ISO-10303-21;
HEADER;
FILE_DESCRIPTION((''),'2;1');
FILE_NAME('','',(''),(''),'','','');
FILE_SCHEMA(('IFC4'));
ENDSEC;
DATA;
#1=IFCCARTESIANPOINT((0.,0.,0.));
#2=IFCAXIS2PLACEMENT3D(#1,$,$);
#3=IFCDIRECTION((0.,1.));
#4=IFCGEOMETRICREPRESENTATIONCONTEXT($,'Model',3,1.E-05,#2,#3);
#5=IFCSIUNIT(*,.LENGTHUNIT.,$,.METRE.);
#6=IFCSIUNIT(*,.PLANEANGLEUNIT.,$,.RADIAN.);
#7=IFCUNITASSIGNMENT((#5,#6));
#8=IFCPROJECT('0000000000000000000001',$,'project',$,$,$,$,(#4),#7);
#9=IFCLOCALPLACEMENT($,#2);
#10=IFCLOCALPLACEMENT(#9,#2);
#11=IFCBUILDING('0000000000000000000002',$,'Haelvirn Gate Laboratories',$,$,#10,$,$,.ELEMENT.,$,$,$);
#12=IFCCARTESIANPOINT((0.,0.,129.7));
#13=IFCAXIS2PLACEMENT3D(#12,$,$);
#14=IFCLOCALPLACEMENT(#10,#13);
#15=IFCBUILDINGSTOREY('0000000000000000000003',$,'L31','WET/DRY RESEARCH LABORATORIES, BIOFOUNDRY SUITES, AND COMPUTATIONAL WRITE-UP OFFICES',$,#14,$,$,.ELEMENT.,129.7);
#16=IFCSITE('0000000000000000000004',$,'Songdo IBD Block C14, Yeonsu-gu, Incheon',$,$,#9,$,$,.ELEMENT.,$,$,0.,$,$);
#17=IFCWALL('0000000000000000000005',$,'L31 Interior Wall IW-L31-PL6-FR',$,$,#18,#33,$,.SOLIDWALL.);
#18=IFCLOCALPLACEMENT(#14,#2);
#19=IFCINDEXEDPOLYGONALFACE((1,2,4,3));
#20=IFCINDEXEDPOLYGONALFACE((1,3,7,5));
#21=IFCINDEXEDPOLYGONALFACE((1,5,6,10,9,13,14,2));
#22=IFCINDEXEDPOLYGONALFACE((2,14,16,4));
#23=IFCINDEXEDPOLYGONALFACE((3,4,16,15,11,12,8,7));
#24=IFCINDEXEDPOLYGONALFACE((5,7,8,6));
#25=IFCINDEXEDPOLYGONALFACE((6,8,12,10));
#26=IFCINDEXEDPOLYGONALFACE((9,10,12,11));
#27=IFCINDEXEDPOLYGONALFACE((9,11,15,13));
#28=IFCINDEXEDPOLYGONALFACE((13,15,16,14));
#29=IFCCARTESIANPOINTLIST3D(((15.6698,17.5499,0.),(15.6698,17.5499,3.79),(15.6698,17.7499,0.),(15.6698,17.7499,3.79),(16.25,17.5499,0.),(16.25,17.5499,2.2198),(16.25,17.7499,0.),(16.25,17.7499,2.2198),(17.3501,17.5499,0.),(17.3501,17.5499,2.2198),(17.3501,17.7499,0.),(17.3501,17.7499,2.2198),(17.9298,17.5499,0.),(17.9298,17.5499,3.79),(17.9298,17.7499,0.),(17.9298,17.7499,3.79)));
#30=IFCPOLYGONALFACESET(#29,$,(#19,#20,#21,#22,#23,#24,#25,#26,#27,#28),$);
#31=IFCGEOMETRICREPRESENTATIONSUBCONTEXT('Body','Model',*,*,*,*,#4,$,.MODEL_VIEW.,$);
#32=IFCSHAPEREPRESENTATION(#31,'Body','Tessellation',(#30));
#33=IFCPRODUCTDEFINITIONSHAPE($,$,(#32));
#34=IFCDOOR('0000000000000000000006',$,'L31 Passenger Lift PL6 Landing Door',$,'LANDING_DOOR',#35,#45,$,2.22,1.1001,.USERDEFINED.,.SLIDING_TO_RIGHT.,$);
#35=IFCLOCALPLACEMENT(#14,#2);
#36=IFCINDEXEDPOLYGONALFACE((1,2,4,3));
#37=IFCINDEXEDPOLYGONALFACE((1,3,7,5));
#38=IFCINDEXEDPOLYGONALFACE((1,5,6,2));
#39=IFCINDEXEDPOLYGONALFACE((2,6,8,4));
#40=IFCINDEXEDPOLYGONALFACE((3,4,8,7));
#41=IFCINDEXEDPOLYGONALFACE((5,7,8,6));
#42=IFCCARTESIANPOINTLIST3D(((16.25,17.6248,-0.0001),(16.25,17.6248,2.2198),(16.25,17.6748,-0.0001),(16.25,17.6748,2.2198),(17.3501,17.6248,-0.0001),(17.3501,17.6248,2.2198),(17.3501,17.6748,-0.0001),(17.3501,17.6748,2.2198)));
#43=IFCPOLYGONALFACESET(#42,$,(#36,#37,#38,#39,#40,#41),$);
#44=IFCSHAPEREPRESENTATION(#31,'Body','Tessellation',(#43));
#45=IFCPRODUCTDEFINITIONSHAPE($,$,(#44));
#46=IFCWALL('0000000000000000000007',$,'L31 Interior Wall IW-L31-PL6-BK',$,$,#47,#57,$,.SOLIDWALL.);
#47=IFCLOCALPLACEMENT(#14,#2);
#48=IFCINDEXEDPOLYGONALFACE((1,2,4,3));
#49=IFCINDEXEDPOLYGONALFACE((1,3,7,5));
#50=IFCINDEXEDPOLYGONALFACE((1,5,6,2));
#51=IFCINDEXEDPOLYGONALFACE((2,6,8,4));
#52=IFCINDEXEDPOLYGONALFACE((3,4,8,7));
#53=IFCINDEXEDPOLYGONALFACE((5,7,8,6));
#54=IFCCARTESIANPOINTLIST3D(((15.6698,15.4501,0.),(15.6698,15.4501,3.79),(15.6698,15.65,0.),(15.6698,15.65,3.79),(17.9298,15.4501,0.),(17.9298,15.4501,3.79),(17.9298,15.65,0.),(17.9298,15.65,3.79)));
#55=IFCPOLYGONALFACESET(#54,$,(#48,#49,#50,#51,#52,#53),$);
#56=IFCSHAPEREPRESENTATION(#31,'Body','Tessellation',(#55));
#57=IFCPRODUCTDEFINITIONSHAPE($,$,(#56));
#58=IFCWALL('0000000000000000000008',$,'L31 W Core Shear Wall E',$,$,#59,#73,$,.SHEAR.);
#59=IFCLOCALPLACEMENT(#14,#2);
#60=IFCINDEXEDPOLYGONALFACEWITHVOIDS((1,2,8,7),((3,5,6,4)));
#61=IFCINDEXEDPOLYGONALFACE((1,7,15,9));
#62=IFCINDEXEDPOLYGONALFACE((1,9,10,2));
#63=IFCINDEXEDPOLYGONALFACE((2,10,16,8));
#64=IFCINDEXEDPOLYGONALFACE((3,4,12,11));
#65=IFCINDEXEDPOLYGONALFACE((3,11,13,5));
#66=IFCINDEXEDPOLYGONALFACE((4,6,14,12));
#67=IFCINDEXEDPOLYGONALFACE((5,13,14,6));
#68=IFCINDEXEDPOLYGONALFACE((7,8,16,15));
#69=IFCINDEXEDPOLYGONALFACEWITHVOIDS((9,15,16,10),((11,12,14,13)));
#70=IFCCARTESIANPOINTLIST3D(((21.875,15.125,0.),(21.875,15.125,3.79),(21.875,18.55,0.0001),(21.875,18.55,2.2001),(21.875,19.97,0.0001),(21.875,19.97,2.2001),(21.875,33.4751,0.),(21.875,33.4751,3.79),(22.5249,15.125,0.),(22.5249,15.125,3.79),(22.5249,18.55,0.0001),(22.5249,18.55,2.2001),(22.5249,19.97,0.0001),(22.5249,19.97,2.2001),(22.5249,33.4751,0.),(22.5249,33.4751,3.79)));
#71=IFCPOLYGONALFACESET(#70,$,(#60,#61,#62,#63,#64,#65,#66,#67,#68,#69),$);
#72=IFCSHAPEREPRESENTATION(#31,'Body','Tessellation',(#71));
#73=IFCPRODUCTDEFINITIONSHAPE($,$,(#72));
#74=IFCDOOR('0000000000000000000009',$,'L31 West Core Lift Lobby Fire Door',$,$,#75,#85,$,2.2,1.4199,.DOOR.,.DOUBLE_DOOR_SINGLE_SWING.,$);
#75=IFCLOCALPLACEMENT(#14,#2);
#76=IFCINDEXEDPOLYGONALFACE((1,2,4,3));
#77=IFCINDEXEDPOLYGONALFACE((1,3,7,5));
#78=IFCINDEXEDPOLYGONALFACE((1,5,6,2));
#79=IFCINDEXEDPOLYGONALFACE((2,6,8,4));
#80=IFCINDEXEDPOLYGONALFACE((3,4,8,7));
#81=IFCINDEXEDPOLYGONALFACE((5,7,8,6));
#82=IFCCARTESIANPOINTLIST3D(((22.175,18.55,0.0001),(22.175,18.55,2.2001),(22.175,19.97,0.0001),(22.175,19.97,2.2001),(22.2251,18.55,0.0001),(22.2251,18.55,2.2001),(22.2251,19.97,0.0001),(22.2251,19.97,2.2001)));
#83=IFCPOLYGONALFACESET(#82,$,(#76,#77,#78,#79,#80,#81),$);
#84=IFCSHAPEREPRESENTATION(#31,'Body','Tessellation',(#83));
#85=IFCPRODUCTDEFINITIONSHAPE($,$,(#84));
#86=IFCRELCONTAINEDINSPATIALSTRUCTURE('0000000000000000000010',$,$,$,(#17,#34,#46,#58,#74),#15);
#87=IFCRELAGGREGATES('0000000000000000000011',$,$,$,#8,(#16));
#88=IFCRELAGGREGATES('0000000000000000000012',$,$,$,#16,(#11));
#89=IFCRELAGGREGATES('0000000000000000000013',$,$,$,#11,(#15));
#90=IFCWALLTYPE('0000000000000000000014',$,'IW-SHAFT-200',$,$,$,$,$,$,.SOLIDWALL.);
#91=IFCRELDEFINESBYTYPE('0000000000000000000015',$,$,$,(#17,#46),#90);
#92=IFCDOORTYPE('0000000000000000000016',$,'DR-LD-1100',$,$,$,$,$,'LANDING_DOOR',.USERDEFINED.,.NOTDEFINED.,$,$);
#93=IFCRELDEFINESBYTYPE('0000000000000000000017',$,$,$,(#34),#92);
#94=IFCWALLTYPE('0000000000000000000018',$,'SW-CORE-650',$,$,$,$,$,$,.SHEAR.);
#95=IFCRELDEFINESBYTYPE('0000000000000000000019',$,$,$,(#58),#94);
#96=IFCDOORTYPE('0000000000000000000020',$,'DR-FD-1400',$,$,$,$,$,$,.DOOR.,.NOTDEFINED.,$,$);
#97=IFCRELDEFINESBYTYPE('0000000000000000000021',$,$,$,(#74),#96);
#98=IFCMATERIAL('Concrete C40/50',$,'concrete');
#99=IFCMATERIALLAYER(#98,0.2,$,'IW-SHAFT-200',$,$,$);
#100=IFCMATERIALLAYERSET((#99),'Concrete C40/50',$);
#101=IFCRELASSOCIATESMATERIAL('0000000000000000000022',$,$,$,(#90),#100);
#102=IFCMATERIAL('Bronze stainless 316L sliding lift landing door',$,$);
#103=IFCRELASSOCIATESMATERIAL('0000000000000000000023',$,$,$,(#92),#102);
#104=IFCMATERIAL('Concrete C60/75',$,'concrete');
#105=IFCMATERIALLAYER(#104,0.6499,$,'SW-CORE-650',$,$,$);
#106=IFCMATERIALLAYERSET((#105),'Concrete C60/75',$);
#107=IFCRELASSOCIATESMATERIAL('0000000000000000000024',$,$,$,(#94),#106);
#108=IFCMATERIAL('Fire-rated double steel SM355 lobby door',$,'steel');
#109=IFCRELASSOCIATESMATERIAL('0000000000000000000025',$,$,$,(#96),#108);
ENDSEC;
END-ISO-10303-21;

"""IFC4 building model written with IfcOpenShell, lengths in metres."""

from ifc_helpers import new_model, si_unit, direction, frame, frame_2d, origin, place, context, subcontext, project, spatial, rectangle, extrude, source, transform, mapped, material, layer, layer_set, type_object, type_shapes, element, fill, save


model = new_model("IFC4")

# Units and contexts
model_context = context("Model", 3, precision=1e-05, world=origin(), true_north=direction((0.0, 1.0)))
body_context = subcontext(model_context, "Body", "Model", "MODEL_VIEW")
ifc_project = project(units=[si_unit("LENGTHUNIT", "METRE"), si_unit("PLANEANGLEUNIT", "RADIAN")], contexts=[model_context])

# Site, building, storey
site_placement = place(None, origin())
site = spatial("IfcSite", under=ifc_project, at=site_placement, Name="Songdo IBD Block C14, Yeonsu-gu, Incheon", CompositionType="ELEMENT", RefElevation=0.0)
building_placement = place(site_placement, origin())
building = spatial("IfcBuilding", under=site, at=building_placement, Name="Haelvirn Gate Laboratories", CompositionType="ELEMENT")
storey_placement = place(building_placement, frame((0.0, 0.0, 129.7)))
storey = spatial("IfcBuildingStorey", under=building, at=storey_placement, Name="L31", Description="WET/DRY RESEARCH LABORATORIES, BIOFOUNDRY SUITES, AND COMPUTATIONAL WRITE-UP OFFICES", CompositionType="ELEMENT", Elevation=129.7)

# Shared definitions
ifc_material_1 = material(Name="Concrete C60/75", Category="concrete")

# Shared definitions
ifc_material_2 = material(Name="Concrete C40/50", Category="concrete")

# Wall, opening, door
ifc_layer_1 = layer(ifc_material_2, 0.2, Name="IW-SHAFT-200")
ifc_layer_set_1 = layer_set([ifc_layer_1], Name="Concrete C40/50")
wall_type_1 = type_object("IfcWallType", Name="IW-SHAFT-200", PredefinedType="SOLIDWALL", material=ifc_layer_set_1)
wall_1_placement = place(storey_placement, frame((15.6699, 17.6499, 0.0), z_axis=(0.0, 0.0, 1.0), x_axis=(1.0, 0.0, 0.0)))
wall_1 = element("IfcWall", 1, at=wall_1_placement, inside=storey, type_object=wall_type_1, Name="L31 Interior Wall IW-L31-PL6-FR", PredefinedType="SOLIDWALL", context=body_context, shape_type="SweptSolid", body=[
    extrude(rectangle(XDim=2.26, YDim=0.2, at=frame_2d((1.1299, 0.0))), origin(), (0.0, 0.0, 1.0), 3.79),
])
opening_1_placement = place(wall_1_placement, frame((0.5801, 0.0, 0.0)))
opening_1 = element("IfcOpeningElement", 2, at=opening_1_placement, cuts=wall_1, PredefinedType="OPENING", context=body_context, shape_type="SweptSolid", body=[
    extrude(rectangle(XDim=1.1001, YDim=2.22, at=frame_2d((0.55, 1.1099))), frame((0.0, 0.1099, 0.0), z_axis=(0.0, -1.0, 0.0), x_axis=(1.0, 0.0, 0.0)), (0.0, 0.0, 1.0), 0.22),
])
ifc_material_3 = material(Name="Bronze stainless 316L sliding lift landing door")
door_type_1 = type_object("IfcDoorType", Name="DR-LD-1100", ElementType="LANDING_DOOR", OperationType="NOTDEFINED", PredefinedType="USERDEFINED", material=ifc_material_3)
shared_shape_1 = source(origin(), body_context, "Body", "SweptSolid", [
    extrude(rectangle(XDim=1.1001, YDim=2.22, at=frame_2d((0.55, 1.1099))), frame((0.0, 0.0249, 0.0), z_axis=(0.0, -1.0, 0.0), x_axis=(1.0, 0.0, 0.0)), (0.0, 0.0, 1.0), 0.05),
])
type_shapes(door_type_1, [shared_shape_1])
door_1_placement = place(opening_1_placement, origin())
door_1 = element("IfcDoor", 3, at=door_1_placement, inside=storey, type_object=door_type_1, Name="L31 Passenger Lift PL6 Landing Door", ObjectType="LANDING_DOOR", OperationType="SLIDING_TO_RIGHT", OverallHeight=2.22, OverallWidth=1.1001, PredefinedType="USERDEFINED", context=body_context, shape_type="MappedRepresentation", body=[
    mapped(shared_shape_1, transform((0.0, 0.0, 0.0), scale=1.0)),
])
fill(opening_1, door_1)

# Wall
wall_2_placement = place(storey_placement, frame((15.6699, 15.55, 0.0), z_axis=(0.0, 0.0, 1.0), x_axis=(1.0, 0.0, 0.0)))
element("IfcWall", 4, at=wall_2_placement, inside=storey, type_object=wall_type_1, Name="L31 Interior Wall IW-L31-PL6-BK", PredefinedType="SOLIDWALL", context=body_context, shape_type="SweptSolid", body=[
    extrude(rectangle(XDim=2.26, YDim=0.2, at=frame_2d((1.1299, 0.0))), origin(), (0.0, 0.0, 1.0), 3.79),
])

# Wall, opening, door
ifc_layer_2 = layer(ifc_material_1, 0.6499, Name="SW-CORE-650")
ifc_layer_set_2 = layer_set([ifc_layer_2], Name="Concrete C60/75")
wall_type_2 = type_object("IfcWallType", Name="SW-CORE-650", PredefinedType="SHEAR", material=ifc_layer_set_2)
wall_3_placement = place(storey_placement, frame((22.2, 15.125, 0.0), z_axis=(0.0, 0.0, 1.0), x_axis=(0.0, 1.0, 0.0)))
wall_3 = element("IfcWall", 5, at=wall_3_placement, inside=storey, type_object=wall_type_2, Name="L31 W Core Shear Wall E", PredefinedType="SHEAR", context=body_context, shape_type="SweptSolid", body=[
    extrude(rectangle(XDim=18.3501, YDim=0.6499, at=frame_2d((9.175, 0.0))), origin(), (0.0, 0.0, 1.0), 3.79),
])
opening_2_placement = place(wall_3_placement, frame((3.425, 0.0, 0.0)))
opening_2 = element("IfcOpeningElement", 6, at=opening_2_placement, cuts=wall_3, PredefinedType="OPENING", context=body_context, shape_type="SweptSolid", body=[
    extrude(rectangle(XDim=1.4199, YDim=2.2, at=frame_2d((0.71, 1.1001))), frame((0.0, 0.335, 0.0), z_axis=(0.0, -1.0, 0.0), x_axis=(1.0, 0.0, 0.0)), (0.0, 0.0, 1.0), 0.6699),
])
ifc_material_4 = material(Name="Fire-rated double steel SM355 lobby door", Category="steel")
door_type_2 = type_object("IfcDoorType", Name="DR-FD-1400", OperationType="NOTDEFINED", PredefinedType="DOOR", material=ifc_material_4)
shared_shape_2 = source(origin(), body_context, "Body", "SweptSolid", [
    extrude(rectangle(XDim=1.4199, YDim=2.2, at=frame_2d((0.71, 1.1001))), frame((0.0, 0.0249, 0.0), z_axis=(0.0, -1.0, 0.0), x_axis=(1.0, 0.0, 0.0)), (0.0, 0.0, 1.0), 0.05),
])
type_shapes(door_type_2, [shared_shape_2])
door_2_placement = place(opening_2_placement, origin())
door_2 = element("IfcDoor", 7, at=door_2_placement, inside=storey, type_object=door_type_2, Name="L31 West Core Lift Lobby Fire Door", OperationType="DOUBLE_DOOR_SINGLE_SWING", OverallHeight=2.2, OverallWidth=1.4199, PredefinedType="DOOR", context=body_context, shape_type="MappedRepresentation", body=[
    mapped(shared_shape_2, transform((0.0, 0.0, 0.0), scale=1.0)),
])
fill(opening_2, door_2)

save(model, "model.ifc")
